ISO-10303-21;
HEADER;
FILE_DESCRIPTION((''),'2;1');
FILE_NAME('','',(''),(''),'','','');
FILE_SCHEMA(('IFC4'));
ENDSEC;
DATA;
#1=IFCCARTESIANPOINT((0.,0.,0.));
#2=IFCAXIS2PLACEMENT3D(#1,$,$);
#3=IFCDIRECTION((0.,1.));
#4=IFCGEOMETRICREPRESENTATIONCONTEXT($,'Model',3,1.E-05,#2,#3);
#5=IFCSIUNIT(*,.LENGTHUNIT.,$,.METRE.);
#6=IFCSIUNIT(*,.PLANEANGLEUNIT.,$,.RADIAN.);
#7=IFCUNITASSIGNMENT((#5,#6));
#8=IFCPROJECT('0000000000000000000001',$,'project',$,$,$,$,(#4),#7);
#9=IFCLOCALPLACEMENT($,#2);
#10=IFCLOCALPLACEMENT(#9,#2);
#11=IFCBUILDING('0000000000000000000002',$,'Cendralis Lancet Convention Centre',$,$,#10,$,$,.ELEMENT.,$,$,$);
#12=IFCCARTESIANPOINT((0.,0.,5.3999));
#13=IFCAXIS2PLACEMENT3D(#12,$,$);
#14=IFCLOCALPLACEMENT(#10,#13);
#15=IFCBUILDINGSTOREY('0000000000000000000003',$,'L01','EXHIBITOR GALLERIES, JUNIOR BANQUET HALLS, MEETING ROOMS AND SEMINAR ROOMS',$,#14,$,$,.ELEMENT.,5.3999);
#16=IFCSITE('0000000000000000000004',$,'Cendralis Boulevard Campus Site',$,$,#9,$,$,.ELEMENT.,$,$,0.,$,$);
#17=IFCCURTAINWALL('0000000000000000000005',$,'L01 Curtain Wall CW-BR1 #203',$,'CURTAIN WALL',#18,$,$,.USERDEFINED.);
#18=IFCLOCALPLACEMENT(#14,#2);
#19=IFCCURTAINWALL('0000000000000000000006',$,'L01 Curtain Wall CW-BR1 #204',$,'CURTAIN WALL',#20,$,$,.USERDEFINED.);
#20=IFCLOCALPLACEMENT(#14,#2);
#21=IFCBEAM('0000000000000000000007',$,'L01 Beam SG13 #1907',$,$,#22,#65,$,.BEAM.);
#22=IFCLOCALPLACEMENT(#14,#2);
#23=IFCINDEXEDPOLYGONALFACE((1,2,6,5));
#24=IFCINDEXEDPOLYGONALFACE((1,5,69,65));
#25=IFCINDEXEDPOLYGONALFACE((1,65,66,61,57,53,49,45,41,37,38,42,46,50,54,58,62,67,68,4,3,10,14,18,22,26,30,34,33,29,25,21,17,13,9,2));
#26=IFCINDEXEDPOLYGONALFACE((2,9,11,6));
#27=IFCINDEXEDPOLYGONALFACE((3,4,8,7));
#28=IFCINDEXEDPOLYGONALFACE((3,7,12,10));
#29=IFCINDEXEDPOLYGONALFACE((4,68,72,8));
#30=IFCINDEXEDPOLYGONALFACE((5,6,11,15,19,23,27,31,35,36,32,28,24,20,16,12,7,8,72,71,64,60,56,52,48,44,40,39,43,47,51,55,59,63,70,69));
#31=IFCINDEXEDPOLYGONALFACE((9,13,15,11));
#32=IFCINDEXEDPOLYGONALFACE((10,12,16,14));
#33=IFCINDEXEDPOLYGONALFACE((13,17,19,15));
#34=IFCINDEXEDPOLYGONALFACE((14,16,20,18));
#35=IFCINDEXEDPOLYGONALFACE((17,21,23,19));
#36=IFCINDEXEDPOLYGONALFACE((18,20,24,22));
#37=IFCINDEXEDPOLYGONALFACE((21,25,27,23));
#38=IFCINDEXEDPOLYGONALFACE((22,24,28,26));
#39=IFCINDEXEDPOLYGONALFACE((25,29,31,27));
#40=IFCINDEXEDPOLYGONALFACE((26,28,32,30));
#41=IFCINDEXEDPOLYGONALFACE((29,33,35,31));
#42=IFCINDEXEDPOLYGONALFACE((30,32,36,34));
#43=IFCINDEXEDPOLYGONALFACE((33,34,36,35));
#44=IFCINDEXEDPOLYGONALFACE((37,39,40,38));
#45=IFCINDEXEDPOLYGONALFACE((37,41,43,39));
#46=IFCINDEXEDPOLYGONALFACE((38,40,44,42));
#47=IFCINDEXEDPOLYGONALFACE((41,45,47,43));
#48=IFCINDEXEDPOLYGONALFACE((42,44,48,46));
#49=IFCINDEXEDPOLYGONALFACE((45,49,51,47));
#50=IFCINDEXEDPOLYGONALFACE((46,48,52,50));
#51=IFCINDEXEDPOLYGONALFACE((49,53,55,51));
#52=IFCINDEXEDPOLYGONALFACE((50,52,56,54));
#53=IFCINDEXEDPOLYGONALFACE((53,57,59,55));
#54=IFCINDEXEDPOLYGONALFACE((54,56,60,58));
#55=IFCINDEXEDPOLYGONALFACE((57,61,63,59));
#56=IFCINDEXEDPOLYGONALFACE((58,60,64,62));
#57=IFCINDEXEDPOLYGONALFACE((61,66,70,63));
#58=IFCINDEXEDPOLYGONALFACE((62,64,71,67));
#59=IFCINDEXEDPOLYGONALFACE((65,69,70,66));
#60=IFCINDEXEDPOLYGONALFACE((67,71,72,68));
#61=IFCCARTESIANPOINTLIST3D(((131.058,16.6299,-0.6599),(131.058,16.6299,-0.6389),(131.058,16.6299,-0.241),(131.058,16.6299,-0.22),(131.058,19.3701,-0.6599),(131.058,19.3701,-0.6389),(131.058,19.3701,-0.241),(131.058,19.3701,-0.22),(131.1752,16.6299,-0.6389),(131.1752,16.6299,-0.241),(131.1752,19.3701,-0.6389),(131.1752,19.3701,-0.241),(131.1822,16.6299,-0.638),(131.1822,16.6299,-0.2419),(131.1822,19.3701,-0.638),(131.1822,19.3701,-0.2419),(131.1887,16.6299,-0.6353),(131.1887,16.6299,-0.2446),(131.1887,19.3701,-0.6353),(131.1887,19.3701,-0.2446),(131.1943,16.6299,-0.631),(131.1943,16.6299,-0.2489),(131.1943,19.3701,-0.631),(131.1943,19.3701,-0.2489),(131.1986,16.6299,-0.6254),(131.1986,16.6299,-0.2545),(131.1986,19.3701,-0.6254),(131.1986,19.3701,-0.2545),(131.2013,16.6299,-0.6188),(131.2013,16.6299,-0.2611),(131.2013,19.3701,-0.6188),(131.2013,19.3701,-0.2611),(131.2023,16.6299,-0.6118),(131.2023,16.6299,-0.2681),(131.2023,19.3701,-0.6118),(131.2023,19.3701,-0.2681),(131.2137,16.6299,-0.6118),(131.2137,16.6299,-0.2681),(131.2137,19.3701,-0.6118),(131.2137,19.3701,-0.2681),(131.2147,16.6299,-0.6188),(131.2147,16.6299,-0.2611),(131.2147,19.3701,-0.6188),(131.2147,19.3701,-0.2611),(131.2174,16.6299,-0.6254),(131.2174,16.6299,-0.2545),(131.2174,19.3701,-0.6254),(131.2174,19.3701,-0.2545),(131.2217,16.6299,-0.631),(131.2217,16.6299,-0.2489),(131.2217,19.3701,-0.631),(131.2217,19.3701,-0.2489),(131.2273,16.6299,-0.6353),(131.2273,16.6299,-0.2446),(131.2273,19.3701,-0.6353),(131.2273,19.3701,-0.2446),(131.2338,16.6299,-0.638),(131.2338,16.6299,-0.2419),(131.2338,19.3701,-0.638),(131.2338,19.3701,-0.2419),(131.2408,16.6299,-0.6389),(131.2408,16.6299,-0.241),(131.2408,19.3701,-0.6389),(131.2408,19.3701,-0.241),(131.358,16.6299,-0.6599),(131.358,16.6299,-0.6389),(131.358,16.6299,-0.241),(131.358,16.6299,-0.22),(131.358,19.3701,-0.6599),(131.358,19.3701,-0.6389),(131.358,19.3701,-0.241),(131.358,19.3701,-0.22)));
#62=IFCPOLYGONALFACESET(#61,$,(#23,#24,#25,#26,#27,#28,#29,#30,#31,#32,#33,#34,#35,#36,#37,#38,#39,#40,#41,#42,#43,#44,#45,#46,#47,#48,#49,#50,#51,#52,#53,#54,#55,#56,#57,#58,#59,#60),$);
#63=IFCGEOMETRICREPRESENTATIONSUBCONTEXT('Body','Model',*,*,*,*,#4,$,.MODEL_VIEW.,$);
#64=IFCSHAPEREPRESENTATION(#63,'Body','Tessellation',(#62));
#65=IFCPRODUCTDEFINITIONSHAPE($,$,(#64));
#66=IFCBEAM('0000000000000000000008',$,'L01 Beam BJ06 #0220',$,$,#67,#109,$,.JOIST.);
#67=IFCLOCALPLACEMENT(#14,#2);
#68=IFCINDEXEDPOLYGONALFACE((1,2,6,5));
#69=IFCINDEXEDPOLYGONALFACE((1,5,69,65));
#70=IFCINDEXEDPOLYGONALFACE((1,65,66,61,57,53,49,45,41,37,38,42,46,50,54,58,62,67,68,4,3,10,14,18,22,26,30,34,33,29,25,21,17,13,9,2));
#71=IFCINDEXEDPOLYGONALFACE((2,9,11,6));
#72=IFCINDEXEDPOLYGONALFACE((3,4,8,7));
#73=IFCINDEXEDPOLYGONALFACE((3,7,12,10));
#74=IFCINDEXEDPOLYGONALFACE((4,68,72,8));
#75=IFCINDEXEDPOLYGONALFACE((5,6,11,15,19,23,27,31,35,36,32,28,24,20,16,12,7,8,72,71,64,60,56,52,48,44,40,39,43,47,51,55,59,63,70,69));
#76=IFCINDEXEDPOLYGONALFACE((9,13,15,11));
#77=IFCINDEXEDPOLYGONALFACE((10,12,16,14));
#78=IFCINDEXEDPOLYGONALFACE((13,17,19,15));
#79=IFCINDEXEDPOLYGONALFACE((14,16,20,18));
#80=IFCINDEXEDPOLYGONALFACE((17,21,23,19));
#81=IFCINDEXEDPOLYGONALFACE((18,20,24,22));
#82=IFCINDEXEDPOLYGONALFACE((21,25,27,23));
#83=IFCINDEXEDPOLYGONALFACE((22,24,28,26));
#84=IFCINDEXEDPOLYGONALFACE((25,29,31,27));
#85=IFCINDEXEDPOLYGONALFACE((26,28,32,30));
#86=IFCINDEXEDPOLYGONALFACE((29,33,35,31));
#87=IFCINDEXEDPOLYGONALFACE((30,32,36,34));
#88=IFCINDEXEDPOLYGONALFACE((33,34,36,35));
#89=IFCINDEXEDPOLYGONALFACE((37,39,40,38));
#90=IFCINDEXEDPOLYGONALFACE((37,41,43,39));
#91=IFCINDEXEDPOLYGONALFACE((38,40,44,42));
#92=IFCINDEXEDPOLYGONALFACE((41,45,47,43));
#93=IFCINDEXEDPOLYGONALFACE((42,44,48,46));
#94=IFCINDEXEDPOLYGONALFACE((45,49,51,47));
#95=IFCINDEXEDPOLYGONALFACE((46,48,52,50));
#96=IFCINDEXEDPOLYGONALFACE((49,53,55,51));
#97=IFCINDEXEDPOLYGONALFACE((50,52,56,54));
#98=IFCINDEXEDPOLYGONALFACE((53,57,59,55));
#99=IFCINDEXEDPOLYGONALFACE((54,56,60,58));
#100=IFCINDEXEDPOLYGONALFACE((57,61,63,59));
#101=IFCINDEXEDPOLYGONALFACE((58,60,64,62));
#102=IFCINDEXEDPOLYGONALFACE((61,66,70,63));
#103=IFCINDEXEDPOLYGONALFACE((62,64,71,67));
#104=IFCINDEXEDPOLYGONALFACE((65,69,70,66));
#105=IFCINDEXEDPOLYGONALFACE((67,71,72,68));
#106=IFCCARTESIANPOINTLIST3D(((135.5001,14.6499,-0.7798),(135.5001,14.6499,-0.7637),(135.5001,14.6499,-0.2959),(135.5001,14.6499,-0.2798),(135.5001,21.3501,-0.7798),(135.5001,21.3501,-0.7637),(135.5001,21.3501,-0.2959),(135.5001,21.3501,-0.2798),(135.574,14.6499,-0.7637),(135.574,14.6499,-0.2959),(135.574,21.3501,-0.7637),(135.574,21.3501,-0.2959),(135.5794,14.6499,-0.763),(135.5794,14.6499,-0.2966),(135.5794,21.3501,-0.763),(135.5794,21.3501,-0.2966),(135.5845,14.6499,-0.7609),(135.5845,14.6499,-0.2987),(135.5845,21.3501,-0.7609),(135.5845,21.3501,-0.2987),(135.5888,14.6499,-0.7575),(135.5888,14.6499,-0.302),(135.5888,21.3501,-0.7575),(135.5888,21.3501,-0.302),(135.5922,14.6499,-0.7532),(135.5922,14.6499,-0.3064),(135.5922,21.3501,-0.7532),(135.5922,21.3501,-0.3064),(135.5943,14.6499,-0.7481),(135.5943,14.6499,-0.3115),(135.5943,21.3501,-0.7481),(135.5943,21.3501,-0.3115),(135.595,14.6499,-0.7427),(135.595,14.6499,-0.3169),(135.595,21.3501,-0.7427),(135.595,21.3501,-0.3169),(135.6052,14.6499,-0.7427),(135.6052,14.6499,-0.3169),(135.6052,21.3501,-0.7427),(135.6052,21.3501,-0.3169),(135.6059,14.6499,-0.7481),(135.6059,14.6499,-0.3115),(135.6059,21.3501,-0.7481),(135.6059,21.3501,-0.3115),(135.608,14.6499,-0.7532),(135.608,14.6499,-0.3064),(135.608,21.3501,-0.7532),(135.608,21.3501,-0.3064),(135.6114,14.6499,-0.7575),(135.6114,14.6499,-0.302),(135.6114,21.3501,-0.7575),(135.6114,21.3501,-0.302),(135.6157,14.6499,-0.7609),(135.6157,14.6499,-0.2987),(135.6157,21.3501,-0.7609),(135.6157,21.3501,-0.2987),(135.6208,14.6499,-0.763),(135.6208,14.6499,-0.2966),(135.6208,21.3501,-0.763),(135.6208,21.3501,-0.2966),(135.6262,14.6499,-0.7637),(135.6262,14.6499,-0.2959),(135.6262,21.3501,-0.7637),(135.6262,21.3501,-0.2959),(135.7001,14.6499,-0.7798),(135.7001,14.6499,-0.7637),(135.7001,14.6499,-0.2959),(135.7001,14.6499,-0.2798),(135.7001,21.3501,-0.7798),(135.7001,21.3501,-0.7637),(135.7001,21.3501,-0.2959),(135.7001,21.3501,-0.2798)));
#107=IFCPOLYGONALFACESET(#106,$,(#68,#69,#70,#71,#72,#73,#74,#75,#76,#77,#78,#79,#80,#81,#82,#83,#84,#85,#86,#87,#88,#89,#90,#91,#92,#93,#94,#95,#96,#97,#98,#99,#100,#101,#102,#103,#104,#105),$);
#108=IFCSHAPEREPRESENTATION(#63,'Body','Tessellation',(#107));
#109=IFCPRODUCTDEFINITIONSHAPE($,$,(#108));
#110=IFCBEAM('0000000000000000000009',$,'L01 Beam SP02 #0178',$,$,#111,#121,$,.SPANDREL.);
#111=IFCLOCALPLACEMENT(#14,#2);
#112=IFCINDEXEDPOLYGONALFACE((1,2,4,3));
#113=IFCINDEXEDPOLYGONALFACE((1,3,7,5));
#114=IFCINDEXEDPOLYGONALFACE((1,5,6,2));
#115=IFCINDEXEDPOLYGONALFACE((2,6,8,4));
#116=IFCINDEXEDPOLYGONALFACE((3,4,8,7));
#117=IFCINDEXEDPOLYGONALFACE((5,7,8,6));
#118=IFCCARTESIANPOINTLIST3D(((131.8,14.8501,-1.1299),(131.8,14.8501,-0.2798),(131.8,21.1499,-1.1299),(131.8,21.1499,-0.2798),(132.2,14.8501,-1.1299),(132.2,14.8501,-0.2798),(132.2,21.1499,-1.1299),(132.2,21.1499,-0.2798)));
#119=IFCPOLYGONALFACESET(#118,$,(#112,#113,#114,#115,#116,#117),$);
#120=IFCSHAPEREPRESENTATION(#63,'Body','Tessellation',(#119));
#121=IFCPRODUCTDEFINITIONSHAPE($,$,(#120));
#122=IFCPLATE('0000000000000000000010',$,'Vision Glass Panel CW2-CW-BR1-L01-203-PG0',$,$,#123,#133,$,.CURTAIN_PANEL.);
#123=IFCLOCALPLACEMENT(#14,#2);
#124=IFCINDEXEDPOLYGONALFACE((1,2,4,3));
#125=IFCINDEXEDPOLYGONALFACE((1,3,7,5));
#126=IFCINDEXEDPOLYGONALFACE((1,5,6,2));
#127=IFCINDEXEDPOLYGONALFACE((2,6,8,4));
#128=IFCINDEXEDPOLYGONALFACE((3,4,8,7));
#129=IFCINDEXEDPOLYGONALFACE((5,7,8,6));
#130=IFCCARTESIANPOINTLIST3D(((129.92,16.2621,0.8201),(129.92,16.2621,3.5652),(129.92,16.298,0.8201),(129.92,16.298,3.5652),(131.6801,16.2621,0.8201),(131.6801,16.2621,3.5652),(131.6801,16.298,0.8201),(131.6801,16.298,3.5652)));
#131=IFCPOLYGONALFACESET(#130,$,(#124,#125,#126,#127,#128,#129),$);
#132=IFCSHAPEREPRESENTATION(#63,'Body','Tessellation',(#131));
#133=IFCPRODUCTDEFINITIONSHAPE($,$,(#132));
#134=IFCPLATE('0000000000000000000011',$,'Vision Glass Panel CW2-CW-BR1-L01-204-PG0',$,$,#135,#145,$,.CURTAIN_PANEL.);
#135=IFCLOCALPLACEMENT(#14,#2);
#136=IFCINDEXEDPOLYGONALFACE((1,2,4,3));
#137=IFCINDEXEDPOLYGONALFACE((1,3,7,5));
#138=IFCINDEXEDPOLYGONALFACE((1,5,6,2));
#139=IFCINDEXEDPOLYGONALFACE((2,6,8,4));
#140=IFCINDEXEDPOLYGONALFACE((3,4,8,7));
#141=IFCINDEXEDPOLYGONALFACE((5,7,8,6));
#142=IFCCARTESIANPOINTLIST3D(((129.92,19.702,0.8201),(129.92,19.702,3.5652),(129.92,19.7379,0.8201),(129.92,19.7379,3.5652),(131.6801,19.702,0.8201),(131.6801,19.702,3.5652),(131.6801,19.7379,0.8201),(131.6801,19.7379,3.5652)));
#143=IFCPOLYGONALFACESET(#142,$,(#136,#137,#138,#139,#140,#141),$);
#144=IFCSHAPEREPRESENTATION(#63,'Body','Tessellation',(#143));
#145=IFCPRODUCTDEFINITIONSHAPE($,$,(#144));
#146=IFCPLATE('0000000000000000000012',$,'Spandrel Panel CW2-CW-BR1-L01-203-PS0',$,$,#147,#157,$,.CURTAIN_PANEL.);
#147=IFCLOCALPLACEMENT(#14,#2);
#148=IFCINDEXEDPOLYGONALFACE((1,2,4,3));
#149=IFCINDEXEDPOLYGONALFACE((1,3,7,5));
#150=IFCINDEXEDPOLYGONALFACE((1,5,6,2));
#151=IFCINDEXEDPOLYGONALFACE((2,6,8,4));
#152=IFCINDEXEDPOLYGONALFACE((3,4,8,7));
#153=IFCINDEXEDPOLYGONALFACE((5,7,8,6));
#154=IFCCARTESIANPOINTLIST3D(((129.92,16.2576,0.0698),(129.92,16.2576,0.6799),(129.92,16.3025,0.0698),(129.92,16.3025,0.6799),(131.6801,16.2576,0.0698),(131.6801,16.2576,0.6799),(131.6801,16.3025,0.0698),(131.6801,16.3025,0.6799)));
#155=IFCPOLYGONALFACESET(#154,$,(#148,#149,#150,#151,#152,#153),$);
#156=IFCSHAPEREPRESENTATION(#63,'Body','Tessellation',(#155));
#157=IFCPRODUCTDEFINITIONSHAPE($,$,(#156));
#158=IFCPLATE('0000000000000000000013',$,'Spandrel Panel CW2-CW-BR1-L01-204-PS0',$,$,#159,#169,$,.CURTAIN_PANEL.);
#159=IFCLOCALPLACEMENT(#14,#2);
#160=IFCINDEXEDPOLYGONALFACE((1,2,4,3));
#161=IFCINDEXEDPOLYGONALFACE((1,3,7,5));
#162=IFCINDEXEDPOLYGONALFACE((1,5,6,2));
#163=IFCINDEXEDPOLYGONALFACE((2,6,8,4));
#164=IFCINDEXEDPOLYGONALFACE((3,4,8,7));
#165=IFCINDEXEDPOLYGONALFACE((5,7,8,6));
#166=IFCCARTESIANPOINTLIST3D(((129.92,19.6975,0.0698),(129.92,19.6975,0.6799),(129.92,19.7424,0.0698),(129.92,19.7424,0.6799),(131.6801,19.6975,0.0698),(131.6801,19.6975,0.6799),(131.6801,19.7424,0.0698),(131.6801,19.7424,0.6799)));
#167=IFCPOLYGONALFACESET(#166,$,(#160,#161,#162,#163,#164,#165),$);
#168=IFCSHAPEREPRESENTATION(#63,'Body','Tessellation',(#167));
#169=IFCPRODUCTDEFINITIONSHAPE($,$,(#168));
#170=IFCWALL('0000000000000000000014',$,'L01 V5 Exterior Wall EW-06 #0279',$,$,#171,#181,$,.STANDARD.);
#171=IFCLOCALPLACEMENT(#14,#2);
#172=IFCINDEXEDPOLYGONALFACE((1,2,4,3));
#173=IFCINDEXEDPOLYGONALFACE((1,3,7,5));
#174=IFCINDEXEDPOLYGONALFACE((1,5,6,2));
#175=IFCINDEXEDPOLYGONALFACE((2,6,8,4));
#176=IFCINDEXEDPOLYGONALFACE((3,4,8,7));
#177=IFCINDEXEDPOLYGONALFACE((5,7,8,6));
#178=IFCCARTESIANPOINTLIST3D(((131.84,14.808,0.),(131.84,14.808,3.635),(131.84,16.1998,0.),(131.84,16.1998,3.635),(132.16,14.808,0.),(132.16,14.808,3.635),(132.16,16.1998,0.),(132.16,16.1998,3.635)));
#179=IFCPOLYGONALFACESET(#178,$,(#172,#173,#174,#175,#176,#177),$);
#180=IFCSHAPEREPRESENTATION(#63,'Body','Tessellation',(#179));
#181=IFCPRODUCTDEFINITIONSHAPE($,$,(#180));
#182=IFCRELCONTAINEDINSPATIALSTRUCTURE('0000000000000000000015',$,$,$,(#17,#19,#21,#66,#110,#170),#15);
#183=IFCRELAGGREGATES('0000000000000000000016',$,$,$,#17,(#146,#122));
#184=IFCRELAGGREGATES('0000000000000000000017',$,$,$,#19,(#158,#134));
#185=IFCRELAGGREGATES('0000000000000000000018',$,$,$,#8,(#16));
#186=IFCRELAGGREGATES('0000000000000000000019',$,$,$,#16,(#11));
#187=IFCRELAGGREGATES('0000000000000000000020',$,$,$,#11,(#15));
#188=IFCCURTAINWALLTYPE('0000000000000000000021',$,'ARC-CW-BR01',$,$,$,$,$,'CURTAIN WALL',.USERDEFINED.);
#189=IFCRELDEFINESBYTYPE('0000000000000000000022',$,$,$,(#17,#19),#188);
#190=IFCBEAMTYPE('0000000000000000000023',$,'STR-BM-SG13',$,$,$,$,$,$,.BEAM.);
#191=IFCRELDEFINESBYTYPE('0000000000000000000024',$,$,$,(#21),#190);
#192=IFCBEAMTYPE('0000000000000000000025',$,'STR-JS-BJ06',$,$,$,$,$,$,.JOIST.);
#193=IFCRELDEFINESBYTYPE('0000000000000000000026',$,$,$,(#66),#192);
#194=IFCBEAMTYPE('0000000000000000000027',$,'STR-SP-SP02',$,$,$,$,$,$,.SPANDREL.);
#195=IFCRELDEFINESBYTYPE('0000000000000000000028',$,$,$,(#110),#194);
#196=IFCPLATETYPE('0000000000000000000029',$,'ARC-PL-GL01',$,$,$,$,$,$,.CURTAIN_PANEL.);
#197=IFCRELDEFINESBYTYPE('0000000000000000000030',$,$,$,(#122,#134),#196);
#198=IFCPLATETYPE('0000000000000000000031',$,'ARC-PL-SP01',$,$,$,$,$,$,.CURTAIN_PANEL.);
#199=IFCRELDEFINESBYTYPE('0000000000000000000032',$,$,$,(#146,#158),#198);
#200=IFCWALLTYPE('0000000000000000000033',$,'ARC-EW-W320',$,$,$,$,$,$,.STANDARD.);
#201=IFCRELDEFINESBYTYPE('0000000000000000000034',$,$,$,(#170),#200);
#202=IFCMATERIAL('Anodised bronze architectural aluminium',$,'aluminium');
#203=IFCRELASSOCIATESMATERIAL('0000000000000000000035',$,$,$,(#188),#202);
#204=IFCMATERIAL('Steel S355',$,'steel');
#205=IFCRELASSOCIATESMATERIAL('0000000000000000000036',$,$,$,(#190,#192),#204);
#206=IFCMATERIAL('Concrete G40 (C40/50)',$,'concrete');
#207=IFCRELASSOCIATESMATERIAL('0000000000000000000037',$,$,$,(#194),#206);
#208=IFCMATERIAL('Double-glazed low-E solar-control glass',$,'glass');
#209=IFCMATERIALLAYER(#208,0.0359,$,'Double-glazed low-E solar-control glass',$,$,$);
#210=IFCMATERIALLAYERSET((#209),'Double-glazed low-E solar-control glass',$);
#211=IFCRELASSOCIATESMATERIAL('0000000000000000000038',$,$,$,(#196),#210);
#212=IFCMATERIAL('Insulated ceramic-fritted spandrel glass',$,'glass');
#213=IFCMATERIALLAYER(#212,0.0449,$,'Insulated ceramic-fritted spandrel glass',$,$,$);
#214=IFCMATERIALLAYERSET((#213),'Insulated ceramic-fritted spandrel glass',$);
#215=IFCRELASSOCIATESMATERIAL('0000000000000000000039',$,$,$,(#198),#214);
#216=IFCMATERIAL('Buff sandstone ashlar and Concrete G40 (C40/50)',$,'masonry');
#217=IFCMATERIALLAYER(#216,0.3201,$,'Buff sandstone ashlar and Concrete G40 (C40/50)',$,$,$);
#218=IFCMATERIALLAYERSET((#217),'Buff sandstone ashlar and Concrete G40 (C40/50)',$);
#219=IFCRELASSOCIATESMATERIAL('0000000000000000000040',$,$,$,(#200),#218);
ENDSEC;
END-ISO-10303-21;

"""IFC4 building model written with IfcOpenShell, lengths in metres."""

from ifc_helpers import new_model, si_unit, direction, frame, frame_2d, origin, origin_2d, place, context, subcontext, project, spatial, rectangle, i_section, extrude, material, layer, layer_set, material_profile, profile_set, type_object, element, aggregate, save


model = new_model("IFC4")

# Units and contexts
model_context = context("Model", 3, precision=1e-05, world=origin(), true_north=direction((0.0, 1.0)))
body_context = subcontext(model_context, "Body", "Model", "MODEL_VIEW")
ifc_project = project(units=[si_unit("LENGTHUNIT", "METRE"), si_unit("PLANEANGLEUNIT", "RADIAN")], contexts=[model_context])

# Site, building, storey
site_placement = place(None, origin())
site = spatial("IfcSite", under=ifc_project, at=site_placement, Name="Cendralis Boulevard Campus Site", CompositionType="ELEMENT", RefElevation=0.0)
building_placement = place(site_placement, origin())
building = spatial("IfcBuilding", under=site, at=building_placement, Name="Cendralis Lancet Convention Centre", CompositionType="ELEMENT")
storey_placement = place(building_placement, frame((0.0, 0.0, 5.3999)))
storey = spatial("IfcBuildingStorey", under=building, at=storey_placement, Name="L01", Description="EXHIBITOR GALLERIES, JUNIOR BANQUET HALLS, MEETING ROOMS AND SEMINAR ROOMS", CompositionType="ELEMENT", Elevation=5.3999)

# Shared definitions
ifc_material_1 = material(Name="Concrete G40 (C40/50)", Category="concrete")

# Curtain wall
ifc_material_2 = material(Name="Anodised bronze architectural aluminium", Category="aluminium")
curtain_wall_type = type_object("IfcCurtainWallType", Name="ARC-CW-BR01", ElementType="CURTAIN WALL", PredefinedType="USERDEFINED", material=ifc_material_2)
curtain_wall_1_placement = place(storey_placement, origin())
curtain_wall_1 = element("IfcCurtainWall", 1, at=curtain_wall_1_placement, inside=storey, type_object=curtain_wall_type, Name="L01 Curtain Wall CW-BR1 #203", ObjectType="CURTAIN WALL", PredefinedType="USERDEFINED")

# Curtain wall
curtain_wall_2_placement = place(storey_placement, origin())
curtain_wall_2 = element("IfcCurtainWall", 2, at=curtain_wall_2_placement, inside=storey, type_object=curtain_wall_type, Name="L01 Curtain Wall CW-BR1 #204", ObjectType="CURTAIN WALL", PredefinedType="USERDEFINED")

# Beams
ifc_material_3 = material(Name="Steel S355", Category="steel")
ifc_material_profile_1 = material_profile(ifc_material_3, i_section(OverallWidth=0.3, OverallDepth=0.4399, WebThickness=0.0115, FlangeThickness=0.021, FilletRadius=0.0271, at=origin_2d()), Name="HEA 450")
ifc_profile_set_1 = profile_set([ifc_material_profile_1], Name="Steel S355")
beam_type_1 = type_object("IfcBeamType", Name="STR-BM-SG13", PredefinedType="BEAM", material=ifc_profile_set_1)
for number, where, z_axis, x_axis, name in (
    (3, (131.208, 16.6299, -0.4399), (0.0, 1.0, 0.0), (-1.0, 0.0, 0.0), "L01 Beam SG13 #1907"),
):
    element("IfcBeam", number, at=place(storey_placement, frame(where, z_axis=z_axis, x_axis=x_axis)), inside=storey, type_object=beam_type_1, Name=name, PredefinedType="BEAM", context=body_context, shape_type="SweptSolid", body=[
        extrude(i_section(OverallWidth=0.3, OverallDepth=0.4399, WebThickness=0.0115, FlangeThickness=0.021, FilletRadius=0.0271, at=origin_2d()), origin(), (0.0, 0.0, 1.0), 2.7402),
    ])
ifc_material_profile_2 = material_profile(ifc_material_3, i_section(OverallWidth=0.2, OverallDepth=0.5, WebThickness=0.0103, FlangeThickness=0.0161, FilletRadius=0.021, at=origin_2d()), Name="IPE 500")
ifc_profile_set_2 = profile_set([ifc_material_profile_2], Name="Steel S355")
beam_type_2 = type_object("IfcBeamType", Name="STR-JS-BJ06", PredefinedType="JOIST", material=ifc_profile_set_2)
beam_1_placement = place(storey_placement, frame((135.6001, 14.6499, -0.5298), z_axis=(0.0, 1.0, 0.0), x_axis=(-1.0, 0.0, 0.0)))
element("IfcBeam", 4, at=beam_1_placement, inside=storey, type_object=beam_type_2, Name="L01 Beam BJ06 #0220", PredefinedType="JOIST", context=body_context, shape_type="SweptSolid", body=[
    extrude(i_section(OverallWidth=0.2, OverallDepth=0.5, WebThickness=0.0103, FlangeThickness=0.0161, FilletRadius=0.021, at=origin_2d()), origin(), (0.0, 0.0, 1.0), 6.7002),
])
ifc_material_profile_3 = material_profile(ifc_material_1, rectangle(XDim=0.3999, YDim=0.8501, at=origin_2d()), Name="RCB 400x850")
ifc_profile_set_3 = profile_set([ifc_material_profile_3], Name="Concrete G40 (C40/50)")
beam_type_3 = type_object("IfcBeamType", Name="STR-SP-SP02", PredefinedType="SPANDREL", material=ifc_profile_set_3)
beam_2_placement = place(storey_placement, frame((132.0, 14.8501, -0.7048), z_axis=(0.0, 1.0, 0.0), x_axis=(-1.0, 0.0, 0.0)))
element("IfcBeam", 5, at=beam_2_placement, inside=storey, type_object=beam_type_3, Name="L01 Beam SP02 #0178", PredefinedType="SPANDREL", context=body_context, shape_type="SweptSolid", body=[
    extrude(rectangle(XDim=0.3999, YDim=0.8501, at=origin_2d()), origin(), (0.0, 0.0, 1.0), 6.2998),
])

# Plates
ifc_material_4 = material(Name="Double-glazed low-E solar-control glass", Category="glass")
ifc_layer_1 = layer(ifc_material_4, 0.0359, Name="Double-glazed low-E solar-control glass")
ifc_layer_set_1 = layer_set([ifc_layer_1], Name="Double-glazed low-E solar-control glass")
plate_type_1 = type_object("IfcPlateType", Name="ARC-PL-GL01", PredefinedType="CURTAIN_PANEL", material=ifc_layer_set_1)
plate_1_placement = place(storey_placement, frame((130.8, 16.28, 0.8201), z_axis=(0.0, 0.0, 1.0), x_axis=(1.0, 0.0, 0.0)))
plate_1 = element("IfcPlate", 6, at=plate_1_placement, type_object=plate_type_1, Name="Vision Glass Panel CW2-CW-BR1-L01-203-PG0", PredefinedType="CURTAIN_PANEL", context=body_context, shape_type="SweptSolid", body=[
    extrude(rectangle(XDim=1.76, YDim=0.0359, at=origin_2d()), origin(), (0.0, 0.0, 1.0), 2.7451),
])
plate_2_placement = place(storey_placement, frame((130.8, 19.72, 0.8201), z_axis=(0.0, 0.0, 1.0), x_axis=(1.0, 0.0, 0.0)))
plate_2 = element("IfcPlate", 7, at=plate_2_placement, type_object=plate_type_1, Name="Vision Glass Panel CW2-CW-BR1-L01-204-PG0", PredefinedType="CURTAIN_PANEL", context=body_context, shape_type="SweptSolid", body=[
    extrude(rectangle(XDim=1.76, YDim=0.0359, at=origin_2d()), origin(), (0.0, 0.0, 1.0), 2.7451),
])
ifc_material_5 = material(Name="Insulated ceramic-fritted spandrel glass", Category="glass")
ifc_layer_2 = layer(ifc_material_5, 0.0449, Name="Insulated ceramic-fritted spandrel glass")
ifc_layer_set_2 = layer_set([ifc_layer_2], Name="Insulated ceramic-fritted spandrel glass")
plate_type_2 = type_object("IfcPlateType", Name="ARC-PL-SP01", PredefinedType="CURTAIN_PANEL", material=ifc_layer_set_2)
plate_3_placement = place(storey_placement, frame((130.8, 16.28, 0.0698), z_axis=(0.0, 0.0, 1.0), x_axis=(1.0, 0.0, 0.0)))
plate_3 = element("IfcPlate", 8, at=plate_3_placement, type_object=plate_type_2, Name="Spandrel Panel CW2-CW-BR1-L01-203-PS0", PredefinedType="CURTAIN_PANEL", context=body_context, shape_type="SweptSolid", body=[
    extrude(rectangle(XDim=1.76, YDim=0.0449, at=origin_2d()), origin(), (0.0, 0.0, 1.0), 0.6101),
])
aggregate(curtain_wall_1, [plate_3, plate_1])
plate_4_placement = place(storey_placement, frame((130.8, 19.72, 0.0698), z_axis=(0.0, 0.0, 1.0), x_axis=(1.0, 0.0, 0.0)))
plate_4 = element("IfcPlate", 9, at=plate_4_placement, type_object=plate_type_2, Name="Spandrel Panel CW2-CW-BR1-L01-204-PS0", PredefinedType="CURTAIN_PANEL", context=body_context, shape_type="SweptSolid", body=[
    extrude(rectangle(XDim=1.76, YDim=0.0449, at=origin_2d()), origin(), (0.0, 0.0, 1.0), 0.6101),
])
aggregate(curtain_wall_2, [plate_4, plate_2])

# Wall
ifc_material_6 = material(Name="Buff sandstone ashlar and Concrete G40 (C40/50)", Category="masonry")
ifc_layer_3 = layer(ifc_material_6, 0.3201, Name="Buff sandstone ashlar and Concrete G40 (C40/50)")
ifc_layer_set_3 = layer_set([ifc_layer_3], Name="Buff sandstone ashlar and Concrete G40 (C40/50)")
wall_type_1 = type_object("IfcWallType", Name="ARC-EW-W320", PredefinedType="STANDARD", material=ifc_layer_set_3)
wall_1_placement = place(storey_placement, frame((132.0, 14.8081, 0.0), z_axis=(0.0, 0.0, 1.0), x_axis=(0.0, 1.0, 0.0)))
element("IfcWall", 10, at=wall_1_placement, inside=storey, type_object=wall_type_1, Name="L01 V5 Exterior Wall EW-06 #0279", PredefinedType="STANDARD", context=body_context, shape_type="SweptSolid", body=[
    extrude(rectangle(XDim=1.3918, YDim=0.3201, at=frame_2d((0.6958, 0.0))), origin(), (0.0, 0.0, 1.0), 3.635),
])

save(model, "model.ifc")
